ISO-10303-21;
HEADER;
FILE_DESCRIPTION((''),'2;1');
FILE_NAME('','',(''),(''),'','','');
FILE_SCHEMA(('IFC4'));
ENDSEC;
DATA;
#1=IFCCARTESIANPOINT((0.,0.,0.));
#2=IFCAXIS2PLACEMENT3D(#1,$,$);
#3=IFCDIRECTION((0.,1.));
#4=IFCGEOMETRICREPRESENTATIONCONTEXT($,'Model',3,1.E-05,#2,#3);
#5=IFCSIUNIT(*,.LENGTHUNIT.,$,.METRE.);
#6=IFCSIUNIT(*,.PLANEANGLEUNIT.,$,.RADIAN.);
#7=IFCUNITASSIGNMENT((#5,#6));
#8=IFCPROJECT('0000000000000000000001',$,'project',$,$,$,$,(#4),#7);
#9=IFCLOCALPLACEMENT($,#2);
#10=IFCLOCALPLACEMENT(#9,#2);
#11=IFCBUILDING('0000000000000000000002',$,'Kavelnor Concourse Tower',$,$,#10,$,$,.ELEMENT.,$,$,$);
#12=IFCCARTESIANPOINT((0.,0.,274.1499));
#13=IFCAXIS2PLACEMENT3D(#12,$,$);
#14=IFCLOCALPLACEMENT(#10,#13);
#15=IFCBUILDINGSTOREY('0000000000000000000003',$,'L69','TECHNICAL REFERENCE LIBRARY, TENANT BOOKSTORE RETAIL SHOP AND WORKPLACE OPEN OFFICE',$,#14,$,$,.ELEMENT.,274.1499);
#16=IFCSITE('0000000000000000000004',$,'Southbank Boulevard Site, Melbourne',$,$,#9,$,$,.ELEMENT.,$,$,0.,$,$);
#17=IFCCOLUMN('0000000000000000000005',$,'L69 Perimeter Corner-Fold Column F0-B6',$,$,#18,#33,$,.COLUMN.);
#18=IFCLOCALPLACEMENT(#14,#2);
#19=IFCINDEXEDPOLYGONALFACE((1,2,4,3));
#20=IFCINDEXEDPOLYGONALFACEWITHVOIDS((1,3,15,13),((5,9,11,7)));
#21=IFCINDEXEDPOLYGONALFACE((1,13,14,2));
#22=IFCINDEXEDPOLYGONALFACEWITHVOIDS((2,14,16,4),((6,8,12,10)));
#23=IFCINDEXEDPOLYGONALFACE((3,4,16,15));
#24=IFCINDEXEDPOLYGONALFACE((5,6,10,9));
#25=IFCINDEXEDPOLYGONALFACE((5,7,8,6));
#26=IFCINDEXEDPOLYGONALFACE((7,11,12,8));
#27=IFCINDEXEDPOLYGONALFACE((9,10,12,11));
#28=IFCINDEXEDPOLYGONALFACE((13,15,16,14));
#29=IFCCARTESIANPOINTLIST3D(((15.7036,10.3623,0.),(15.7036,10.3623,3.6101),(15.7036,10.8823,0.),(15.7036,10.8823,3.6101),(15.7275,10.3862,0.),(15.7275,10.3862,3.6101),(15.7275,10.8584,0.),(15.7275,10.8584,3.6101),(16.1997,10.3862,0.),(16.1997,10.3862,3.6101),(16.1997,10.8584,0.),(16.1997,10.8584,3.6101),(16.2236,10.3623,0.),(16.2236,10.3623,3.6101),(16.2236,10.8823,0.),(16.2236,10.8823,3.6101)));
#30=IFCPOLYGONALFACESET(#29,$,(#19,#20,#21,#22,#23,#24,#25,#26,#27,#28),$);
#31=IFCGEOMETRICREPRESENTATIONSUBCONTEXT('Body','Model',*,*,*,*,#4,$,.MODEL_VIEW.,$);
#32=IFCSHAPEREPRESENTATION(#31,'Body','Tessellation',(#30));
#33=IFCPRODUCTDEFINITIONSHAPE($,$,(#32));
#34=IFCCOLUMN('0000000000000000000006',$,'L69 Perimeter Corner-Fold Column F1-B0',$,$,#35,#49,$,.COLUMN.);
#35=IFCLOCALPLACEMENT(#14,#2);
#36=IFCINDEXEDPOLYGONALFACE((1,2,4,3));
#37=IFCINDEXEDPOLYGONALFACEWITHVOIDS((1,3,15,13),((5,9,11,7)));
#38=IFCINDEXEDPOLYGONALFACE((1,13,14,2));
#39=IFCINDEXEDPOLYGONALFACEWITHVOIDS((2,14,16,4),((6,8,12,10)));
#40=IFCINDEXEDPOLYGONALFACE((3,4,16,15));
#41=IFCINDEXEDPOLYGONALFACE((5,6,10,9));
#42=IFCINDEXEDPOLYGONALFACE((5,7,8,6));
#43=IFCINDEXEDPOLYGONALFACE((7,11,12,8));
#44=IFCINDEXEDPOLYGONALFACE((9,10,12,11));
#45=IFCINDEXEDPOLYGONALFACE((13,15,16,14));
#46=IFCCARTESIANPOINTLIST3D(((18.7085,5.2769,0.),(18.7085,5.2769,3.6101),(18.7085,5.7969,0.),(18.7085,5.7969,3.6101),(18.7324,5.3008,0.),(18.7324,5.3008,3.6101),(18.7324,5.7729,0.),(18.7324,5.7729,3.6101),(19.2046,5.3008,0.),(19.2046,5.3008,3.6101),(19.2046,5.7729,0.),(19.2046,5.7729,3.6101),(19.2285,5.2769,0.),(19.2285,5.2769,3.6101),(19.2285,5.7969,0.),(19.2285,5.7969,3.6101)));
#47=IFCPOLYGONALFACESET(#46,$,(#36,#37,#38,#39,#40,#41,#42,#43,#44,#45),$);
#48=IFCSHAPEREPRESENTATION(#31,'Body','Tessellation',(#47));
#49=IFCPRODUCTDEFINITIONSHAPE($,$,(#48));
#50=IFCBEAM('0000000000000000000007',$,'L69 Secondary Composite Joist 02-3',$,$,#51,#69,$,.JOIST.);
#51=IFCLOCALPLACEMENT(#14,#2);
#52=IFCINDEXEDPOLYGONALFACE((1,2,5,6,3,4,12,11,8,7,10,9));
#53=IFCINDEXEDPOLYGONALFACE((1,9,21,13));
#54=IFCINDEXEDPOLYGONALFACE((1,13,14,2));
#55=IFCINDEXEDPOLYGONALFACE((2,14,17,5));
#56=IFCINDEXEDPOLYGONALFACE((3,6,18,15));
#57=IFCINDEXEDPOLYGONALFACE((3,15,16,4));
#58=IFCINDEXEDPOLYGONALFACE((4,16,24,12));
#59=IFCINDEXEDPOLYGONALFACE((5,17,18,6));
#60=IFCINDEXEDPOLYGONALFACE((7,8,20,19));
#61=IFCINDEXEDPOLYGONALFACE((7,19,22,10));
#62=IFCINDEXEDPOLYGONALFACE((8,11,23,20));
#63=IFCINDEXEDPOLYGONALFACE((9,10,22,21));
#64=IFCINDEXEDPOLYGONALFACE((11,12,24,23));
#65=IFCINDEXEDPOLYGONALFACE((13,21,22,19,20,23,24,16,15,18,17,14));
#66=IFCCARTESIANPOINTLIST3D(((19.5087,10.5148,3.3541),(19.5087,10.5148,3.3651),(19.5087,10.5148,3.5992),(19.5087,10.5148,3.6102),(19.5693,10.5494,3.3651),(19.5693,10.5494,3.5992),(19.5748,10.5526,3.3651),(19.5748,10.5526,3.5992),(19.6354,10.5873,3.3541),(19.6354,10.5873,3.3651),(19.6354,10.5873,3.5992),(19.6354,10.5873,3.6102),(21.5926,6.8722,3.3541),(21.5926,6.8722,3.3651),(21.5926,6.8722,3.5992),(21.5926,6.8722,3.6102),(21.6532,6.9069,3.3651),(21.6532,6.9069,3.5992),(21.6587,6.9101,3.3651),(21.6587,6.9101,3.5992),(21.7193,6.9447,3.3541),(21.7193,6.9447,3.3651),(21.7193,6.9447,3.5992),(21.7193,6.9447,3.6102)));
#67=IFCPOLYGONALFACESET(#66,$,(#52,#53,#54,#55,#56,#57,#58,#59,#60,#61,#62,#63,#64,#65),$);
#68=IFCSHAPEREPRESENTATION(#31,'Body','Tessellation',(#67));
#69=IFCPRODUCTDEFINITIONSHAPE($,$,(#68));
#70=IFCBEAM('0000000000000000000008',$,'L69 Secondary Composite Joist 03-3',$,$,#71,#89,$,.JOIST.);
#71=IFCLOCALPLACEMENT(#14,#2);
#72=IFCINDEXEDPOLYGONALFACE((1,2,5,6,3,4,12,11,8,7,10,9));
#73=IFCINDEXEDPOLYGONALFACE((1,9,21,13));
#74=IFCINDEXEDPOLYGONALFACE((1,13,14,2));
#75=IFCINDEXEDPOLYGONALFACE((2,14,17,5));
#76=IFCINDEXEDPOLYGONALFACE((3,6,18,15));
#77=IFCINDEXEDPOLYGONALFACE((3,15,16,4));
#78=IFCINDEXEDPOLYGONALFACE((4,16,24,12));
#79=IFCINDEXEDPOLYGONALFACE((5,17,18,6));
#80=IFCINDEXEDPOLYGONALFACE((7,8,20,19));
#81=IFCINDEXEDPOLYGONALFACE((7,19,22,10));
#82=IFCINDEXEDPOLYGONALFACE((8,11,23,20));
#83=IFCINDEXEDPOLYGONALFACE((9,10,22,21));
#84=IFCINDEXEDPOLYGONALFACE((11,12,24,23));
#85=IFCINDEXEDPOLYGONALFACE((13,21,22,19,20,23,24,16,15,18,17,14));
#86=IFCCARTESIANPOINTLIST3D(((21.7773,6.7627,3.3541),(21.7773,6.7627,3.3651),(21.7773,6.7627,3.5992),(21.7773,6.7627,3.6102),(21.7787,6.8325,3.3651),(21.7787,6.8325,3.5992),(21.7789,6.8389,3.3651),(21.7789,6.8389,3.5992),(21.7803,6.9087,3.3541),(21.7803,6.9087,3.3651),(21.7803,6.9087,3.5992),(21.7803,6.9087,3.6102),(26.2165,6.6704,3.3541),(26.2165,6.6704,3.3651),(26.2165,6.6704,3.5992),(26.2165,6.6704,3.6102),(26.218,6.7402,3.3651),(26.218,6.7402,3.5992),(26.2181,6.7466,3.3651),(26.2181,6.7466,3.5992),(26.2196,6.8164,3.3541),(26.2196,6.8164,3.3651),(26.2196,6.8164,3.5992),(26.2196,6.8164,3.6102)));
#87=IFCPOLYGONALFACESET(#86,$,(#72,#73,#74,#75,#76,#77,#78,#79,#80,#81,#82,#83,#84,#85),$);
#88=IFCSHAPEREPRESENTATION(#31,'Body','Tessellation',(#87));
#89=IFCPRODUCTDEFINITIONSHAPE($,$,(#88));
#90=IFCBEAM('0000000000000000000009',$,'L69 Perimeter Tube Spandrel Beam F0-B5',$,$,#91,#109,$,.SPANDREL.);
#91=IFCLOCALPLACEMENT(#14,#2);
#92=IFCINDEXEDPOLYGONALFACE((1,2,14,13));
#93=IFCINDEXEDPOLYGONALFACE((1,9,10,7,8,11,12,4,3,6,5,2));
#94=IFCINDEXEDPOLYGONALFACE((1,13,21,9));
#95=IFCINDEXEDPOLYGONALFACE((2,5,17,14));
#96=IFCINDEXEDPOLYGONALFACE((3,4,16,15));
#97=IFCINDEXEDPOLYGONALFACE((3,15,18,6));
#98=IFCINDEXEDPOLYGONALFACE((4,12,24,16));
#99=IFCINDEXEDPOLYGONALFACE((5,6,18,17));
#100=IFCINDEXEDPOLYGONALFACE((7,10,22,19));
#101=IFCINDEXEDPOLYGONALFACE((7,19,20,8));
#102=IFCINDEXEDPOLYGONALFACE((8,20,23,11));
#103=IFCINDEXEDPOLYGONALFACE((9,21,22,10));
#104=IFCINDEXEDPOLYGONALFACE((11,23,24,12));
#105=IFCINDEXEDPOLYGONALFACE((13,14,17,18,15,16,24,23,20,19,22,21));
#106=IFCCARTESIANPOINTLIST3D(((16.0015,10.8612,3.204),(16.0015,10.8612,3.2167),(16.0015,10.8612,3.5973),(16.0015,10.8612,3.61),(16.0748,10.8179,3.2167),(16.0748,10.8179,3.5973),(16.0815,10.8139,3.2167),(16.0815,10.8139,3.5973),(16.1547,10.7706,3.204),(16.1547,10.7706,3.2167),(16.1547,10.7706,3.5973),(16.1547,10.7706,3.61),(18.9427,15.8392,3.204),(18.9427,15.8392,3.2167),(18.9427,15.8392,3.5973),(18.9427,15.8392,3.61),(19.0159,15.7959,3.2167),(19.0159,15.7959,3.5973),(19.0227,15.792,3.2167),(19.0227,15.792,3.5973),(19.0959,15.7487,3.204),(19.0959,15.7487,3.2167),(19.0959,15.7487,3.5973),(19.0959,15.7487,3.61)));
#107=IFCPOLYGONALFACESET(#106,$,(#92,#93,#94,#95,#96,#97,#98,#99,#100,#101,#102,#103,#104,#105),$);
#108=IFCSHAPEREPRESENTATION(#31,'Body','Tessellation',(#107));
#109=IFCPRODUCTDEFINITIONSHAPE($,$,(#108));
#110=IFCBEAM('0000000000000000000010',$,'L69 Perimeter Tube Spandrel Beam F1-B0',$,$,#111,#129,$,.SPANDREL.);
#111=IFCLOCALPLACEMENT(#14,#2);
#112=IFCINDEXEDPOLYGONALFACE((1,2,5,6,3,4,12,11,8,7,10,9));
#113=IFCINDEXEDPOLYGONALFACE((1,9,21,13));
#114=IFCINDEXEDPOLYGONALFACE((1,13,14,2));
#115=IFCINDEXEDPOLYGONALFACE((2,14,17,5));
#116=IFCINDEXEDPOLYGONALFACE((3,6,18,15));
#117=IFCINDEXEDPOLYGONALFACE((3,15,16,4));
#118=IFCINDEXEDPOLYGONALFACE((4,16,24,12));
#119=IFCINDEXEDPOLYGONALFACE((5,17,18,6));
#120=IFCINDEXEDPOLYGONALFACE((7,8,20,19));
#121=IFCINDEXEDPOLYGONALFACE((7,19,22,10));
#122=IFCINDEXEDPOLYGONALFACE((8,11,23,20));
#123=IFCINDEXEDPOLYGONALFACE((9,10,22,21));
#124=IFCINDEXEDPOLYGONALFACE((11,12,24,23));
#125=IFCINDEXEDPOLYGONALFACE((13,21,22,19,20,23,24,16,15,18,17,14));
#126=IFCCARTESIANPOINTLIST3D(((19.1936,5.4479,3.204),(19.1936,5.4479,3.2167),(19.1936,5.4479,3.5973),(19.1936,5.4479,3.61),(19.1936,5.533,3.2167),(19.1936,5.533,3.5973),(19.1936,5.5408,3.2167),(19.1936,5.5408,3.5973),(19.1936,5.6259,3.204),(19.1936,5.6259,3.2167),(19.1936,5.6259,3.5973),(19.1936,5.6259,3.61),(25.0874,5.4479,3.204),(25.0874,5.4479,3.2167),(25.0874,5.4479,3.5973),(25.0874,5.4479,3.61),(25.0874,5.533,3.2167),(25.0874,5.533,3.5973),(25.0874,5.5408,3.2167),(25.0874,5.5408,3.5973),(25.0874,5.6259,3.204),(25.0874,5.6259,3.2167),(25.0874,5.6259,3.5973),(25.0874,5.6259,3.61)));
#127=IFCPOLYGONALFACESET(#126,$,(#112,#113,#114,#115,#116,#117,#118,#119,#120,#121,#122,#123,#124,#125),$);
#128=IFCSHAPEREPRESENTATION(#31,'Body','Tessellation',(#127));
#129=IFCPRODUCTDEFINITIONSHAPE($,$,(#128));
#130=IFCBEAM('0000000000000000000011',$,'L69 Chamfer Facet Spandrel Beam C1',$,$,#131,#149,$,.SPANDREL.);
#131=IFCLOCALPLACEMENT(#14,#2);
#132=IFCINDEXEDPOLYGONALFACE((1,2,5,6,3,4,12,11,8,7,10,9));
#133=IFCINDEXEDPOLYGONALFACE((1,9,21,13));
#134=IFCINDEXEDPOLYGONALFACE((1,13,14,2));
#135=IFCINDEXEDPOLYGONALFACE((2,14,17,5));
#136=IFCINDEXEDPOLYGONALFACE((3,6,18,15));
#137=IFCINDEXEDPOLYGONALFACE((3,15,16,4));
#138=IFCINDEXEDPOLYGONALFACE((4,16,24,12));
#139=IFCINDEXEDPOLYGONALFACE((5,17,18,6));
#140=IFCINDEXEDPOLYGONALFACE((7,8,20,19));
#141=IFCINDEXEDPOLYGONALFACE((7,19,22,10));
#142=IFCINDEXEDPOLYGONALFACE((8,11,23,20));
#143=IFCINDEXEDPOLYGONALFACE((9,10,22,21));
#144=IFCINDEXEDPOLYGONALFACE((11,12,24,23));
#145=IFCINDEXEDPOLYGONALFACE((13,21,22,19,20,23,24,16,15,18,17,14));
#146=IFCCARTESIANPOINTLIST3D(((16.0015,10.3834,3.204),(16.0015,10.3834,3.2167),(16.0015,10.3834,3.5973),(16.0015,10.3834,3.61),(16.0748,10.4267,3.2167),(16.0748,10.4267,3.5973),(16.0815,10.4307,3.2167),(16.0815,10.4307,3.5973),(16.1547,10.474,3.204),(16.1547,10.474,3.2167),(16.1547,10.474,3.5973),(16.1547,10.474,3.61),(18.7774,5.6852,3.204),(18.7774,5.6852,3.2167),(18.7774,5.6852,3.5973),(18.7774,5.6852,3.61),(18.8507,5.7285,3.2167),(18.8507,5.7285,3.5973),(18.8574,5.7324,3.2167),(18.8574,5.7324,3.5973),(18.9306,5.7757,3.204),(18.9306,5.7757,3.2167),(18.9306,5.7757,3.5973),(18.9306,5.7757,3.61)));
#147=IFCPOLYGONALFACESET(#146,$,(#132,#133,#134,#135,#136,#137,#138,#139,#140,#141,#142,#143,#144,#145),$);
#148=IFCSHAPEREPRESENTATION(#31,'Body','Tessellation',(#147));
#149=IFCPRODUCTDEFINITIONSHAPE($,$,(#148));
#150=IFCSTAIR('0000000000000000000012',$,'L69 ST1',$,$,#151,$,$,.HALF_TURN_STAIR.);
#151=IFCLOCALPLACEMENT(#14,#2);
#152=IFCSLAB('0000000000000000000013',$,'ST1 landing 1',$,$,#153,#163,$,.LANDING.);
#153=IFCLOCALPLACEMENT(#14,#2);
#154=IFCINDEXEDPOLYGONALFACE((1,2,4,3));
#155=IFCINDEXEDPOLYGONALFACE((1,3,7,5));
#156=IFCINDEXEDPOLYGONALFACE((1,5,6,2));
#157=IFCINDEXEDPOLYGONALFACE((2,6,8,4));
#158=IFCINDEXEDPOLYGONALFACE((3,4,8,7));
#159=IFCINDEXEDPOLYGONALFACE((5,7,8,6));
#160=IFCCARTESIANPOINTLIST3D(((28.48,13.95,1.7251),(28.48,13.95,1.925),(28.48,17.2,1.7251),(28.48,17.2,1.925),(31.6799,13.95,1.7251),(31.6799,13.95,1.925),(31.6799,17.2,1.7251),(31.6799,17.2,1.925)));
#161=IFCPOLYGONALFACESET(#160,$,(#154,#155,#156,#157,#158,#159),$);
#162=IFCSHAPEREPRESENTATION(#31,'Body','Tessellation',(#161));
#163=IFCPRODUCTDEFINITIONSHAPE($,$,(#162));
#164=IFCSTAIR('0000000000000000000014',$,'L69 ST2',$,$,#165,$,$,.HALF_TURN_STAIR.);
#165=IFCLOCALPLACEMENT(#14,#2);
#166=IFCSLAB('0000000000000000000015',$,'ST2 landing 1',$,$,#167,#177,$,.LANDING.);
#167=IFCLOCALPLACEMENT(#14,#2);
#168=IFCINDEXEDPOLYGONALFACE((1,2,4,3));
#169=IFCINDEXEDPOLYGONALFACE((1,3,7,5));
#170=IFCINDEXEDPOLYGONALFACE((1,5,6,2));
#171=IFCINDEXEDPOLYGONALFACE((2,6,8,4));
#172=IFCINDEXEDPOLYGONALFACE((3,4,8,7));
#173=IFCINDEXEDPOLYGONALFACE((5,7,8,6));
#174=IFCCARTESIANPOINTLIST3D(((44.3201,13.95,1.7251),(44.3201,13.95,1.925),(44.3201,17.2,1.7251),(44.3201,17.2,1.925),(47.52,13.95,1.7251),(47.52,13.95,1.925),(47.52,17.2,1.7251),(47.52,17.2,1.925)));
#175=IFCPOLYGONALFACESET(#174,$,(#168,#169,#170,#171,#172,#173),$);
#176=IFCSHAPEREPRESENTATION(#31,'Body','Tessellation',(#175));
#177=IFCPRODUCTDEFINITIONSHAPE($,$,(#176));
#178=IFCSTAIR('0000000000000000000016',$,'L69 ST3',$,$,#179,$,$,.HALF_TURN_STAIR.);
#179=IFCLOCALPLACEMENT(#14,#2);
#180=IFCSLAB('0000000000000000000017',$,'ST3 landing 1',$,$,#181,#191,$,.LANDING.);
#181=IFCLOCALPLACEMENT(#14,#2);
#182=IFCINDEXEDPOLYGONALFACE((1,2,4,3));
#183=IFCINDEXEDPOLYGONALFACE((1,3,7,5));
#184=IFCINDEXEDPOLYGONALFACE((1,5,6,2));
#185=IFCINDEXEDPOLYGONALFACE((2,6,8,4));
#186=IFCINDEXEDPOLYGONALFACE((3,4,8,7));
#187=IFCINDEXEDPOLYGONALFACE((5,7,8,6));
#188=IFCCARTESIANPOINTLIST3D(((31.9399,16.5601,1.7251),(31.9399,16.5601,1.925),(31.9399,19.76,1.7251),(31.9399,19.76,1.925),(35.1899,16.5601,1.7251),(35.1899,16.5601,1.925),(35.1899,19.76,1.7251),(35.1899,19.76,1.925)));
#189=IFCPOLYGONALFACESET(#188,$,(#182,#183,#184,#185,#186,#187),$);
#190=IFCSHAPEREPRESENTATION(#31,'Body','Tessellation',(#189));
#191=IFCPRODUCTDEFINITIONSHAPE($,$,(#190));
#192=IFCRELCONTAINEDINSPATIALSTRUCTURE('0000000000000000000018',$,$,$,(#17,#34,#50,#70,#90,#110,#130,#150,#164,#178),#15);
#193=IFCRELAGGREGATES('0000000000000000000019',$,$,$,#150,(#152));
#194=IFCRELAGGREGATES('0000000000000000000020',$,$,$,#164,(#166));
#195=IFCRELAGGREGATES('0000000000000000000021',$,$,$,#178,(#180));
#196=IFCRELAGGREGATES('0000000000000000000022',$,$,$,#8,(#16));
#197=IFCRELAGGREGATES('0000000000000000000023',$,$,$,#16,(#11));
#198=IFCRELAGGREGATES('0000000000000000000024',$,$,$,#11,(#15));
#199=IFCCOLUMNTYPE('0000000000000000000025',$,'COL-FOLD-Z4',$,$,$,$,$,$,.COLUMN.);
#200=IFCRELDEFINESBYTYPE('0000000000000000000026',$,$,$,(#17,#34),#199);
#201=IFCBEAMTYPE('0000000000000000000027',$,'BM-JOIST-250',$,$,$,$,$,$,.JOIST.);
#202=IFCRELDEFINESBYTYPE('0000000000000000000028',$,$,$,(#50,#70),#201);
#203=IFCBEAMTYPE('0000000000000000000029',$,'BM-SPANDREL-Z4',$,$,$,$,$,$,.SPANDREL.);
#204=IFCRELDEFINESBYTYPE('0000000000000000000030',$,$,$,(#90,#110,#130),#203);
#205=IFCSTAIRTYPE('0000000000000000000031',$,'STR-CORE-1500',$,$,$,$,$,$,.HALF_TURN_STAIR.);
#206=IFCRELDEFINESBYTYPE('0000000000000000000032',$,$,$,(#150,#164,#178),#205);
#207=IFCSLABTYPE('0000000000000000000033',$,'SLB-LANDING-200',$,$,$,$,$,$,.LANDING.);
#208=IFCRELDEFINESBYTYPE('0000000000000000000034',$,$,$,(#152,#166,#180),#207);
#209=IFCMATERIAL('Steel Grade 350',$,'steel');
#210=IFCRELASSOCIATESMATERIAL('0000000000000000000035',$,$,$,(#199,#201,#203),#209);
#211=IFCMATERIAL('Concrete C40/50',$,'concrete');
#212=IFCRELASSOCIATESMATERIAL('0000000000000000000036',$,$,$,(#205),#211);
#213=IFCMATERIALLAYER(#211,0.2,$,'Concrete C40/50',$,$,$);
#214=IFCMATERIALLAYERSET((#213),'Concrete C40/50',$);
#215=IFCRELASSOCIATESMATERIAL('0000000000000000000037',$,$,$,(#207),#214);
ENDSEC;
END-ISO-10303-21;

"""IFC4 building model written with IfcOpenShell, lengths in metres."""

from ifc_helpers import new_model, si_unit, direction, frame, origin, origin_2d, place, context, subcontext, project, spatial, polyline, hollow_rectangle, i_section, outline, extrude, material, layer, layer_set, material_profile, profile_set, type_object, element, aggregate, save


model = new_model("IFC4")

# Units and contexts
model_context = context("Model", 3, precision=1e-05, world=origin(), true_north=direction((0.0, 1.0)))
body_context = subcontext(model_context, "Body", "Model", "MODEL_VIEW")
ifc_project = project(units=[si_unit("LENGTHUNIT", "METRE"), si_unit("PLANEANGLEUNIT", "RADIAN")], contexts=[model_context])

# Site, building, storey
site_placement = place(None, origin())
site = spatial("IfcSite", under=ifc_project, at=site_placement, Name="Southbank Boulevard Site, Melbourne", CompositionType="ELEMENT", RefElevation=0.0)
building_placement = place(site_placement, origin())
building = spatial("IfcBuilding", under=site, at=building_placement, Name="Kavelnor Concourse Tower", CompositionType="ELEMENT")
storey_placement = place(building_placement, frame((0.0, 0.0, 274.1499)))
storey = spatial("IfcBuildingStorey", under=building, at=storey_placement, Name="L69", Description="TECHNICAL REFERENCE LIBRARY, TENANT BOOKSTORE RETAIL SHOP AND WORKPLACE OPEN OFFICE", CompositionType="ELEMENT", Elevation=274.1499)

# Columns
ifc_material_1 = material(Name="Steel Grade 350", Category="steel")
ifc_material_profile_1 = material_profile(ifc_material_1, hollow_rectangle(XDim=0.52, YDim=0.52, WallThickness=0.0239, at=origin_2d()), Name="SHS 520x520x24")
ifc_profile_set_1 = profile_set([ifc_material_profile_1], Name="Steel Grade 350")
column_type = type_object("IfcColumnType", Name="COL-FOLD-Z4", PredefinedType="COLUMN", material=ifc_profile_set_1)
for number, where, z_axis, x_axis, name in (
    (1, (15.9636, 10.6223, 0.0), (0.0, 0.0, 1.0), (1.0, 0.0, 0.0), "L69 Perimeter Corner-Fold Column F0-B6"),
    (2, (18.9685, 5.5369, 0.0), (0.0, 0.0, 1.0), (1.0, 0.0, 0.0), "L69 Perimeter Corner-Fold Column F1-B0"),
):
    element("IfcColumn", number, at=place(storey_placement, frame(where, z_axis=z_axis, x_axis=x_axis)), inside=storey, type_object=column_type, Name=name, PredefinedType="COLUMN", context=body_context, shape_type="SweptSolid", body=[
        extrude(hollow_rectangle(XDim=0.52, YDim=0.52, WallThickness=0.0239, at=origin_2d()), origin(), (0.0, 0.0, 1.0), 3.6101),
    ])

# Beams
ifc_material_profile_2 = material_profile(ifc_material_1, i_section(OverallWidth=0.146, OverallDepth=0.2561, WebThickness=0.0063, FlangeThickness=0.011, at=origin_2d()), Name="250UB37")
ifc_profile_set_2 = profile_set([ifc_material_profile_2], Name="Steel Grade 350")
beam_type_1 = type_object("IfcBeamType", Name="BM-JOIST-250", PredefinedType="JOIST", material=ifc_profile_set_2)
beam_1_placement = place(storey_placement, frame((19.572, 10.551, 3.4822), z_axis=(0.49659, -0.867985, 0.0), x_axis=(0.867985, 0.49659, 0.0)))
element("IfcBeam", 3, at=beam_1_placement, inside=storey, type_object=beam_type_1, Name="L69 Secondary Composite Joist 02-3", PredefinedType="JOIST", context=body_context, shape_type="SweptSolid", body=[
    extrude(i_section(OverallWidth=0.146, OverallDepth=0.2561, WebThickness=0.0063, FlangeThickness=0.011, at=origin_2d()), origin(), (0.0, 0.0, 1.0), 4.1965),
])
beam_2_placement = place(storey_placement, frame((21.7788, 6.8357, 3.4822), z_axis=(0.999784, -0.020784, 0.0), x_axis=(0.020784, 0.999784, 0.0)))
element("IfcBeam", 4, at=beam_2_placement, inside=storey, type_object=beam_type_1, Name="L69 Secondary Composite Joist 03-3", PredefinedType="JOIST", context=body_context, shape_type="SweptSolid", body=[
    extrude(i_section(OverallWidth=0.146, OverallDepth=0.2561, WebThickness=0.0063, FlangeThickness=0.011, at=origin_2d()), origin(), (0.0, 0.0, 1.0), 4.4402),
])
ifc_material_profile_3 = material_profile(ifc_material_1, i_section(OverallWidth=0.178, OverallDepth=0.406, WebThickness=0.0078, FlangeThickness=0.0127, at=origin_2d()), Name="410UB59")
ifc_profile_set_3 = profile_set([ifc_material_profile_3], Name="Steel Grade 350")
beam_type_2 = type_object("IfcBeamType", Name="BM-SPANDREL-Z4", PredefinedType="SPANDREL", material=ifc_profile_set_3)
beam_3_placement = place(storey_placement, frame((19.0193, 15.7939, 3.407), z_axis=(-0.508678, -0.860957, 0.0), x_axis=(0.860957, -0.508678, 0.0)))
element("IfcBeam", 5, at=beam_3_placement, inside=storey, type_object=beam_type_2, Name="L69 Perimeter Tube Spandrel Beam F0-B5", PredefinedType="SPANDREL", context=body_context, shape_type="SweptSolid", body=[
    extrude(i_section(OverallWidth=0.178, OverallDepth=0.406, WebThickness=0.0078, FlangeThickness=0.0127, at=origin_2d()), origin(), (0.0, 0.0, 1.0), 5.782),
])
beam_4_placement = place(storey_placement, frame((19.1936, 5.5369, 3.407), z_axis=(1.0, 0.0, 0.0), x_axis=(0.0, 1.0, 0.0)))
element("IfcBeam", 6, at=beam_4_placement, inside=storey, type_object=beam_type_2, Name="L69 Perimeter Tube Spandrel Beam F1-B0", PredefinedType="SPANDREL", context=body_context, shape_type="SweptSolid", body=[
    extrude(i_section(OverallWidth=0.178, OverallDepth=0.406, WebThickness=0.0078, FlangeThickness=0.0127, at=origin_2d()), origin(), (0.0, 0.0, 1.0), 5.8938),
])
beam_5_placement = place(storey_placement, frame((16.0781, 10.4287, 3.407), z_axis=(0.508681, -0.860955, 0.0), x_axis=(0.860955, 0.508681, 0.0)))
element("IfcBeam", 7, at=beam_5_placement, inside=storey, type_object=beam_type_2, Name="L69 Chamfer Facet Spandrel Beam C1", PredefinedType="SPANDREL", context=body_context, shape_type="SweptSolid", body=[
    extrude(i_section(OverallWidth=0.178, OverallDepth=0.406, WebThickness=0.0078, FlangeThickness=0.0127, at=origin_2d()), origin(), (0.0, 0.0, 1.0), 5.457),
])

# Stairs, slabs
ifc_material_2 = material(Name="Concrete C40/50", Category="concrete")
stair_type = type_object("IfcStairType", Name="STR-CORE-1500", PredefinedType="HALF_TURN_STAIR", material=ifc_material_2)
stair_1_placement = place(storey_placement, origin())
stair_1 = element("IfcStair", 8, at=stair_1_placement, inside=storey, type_object=stair_type, Name="L69 ST1", PredefinedType="HALF_TURN_STAIR")
ifc_layer_1 = layer(ifc_material_2, 0.2, Name="Concrete C40/50")
ifc_layer_set_1 = layer_set([ifc_layer_1], Name="Concrete C40/50")
slab_type_1 = type_object("IfcSlabType", Name="SLB-LANDING-200", PredefinedType="LANDING", material=ifc_layer_set_1)
slab_1_placement = place(storey_placement, frame((0.0, 0.0, 1.7251)))
slab_1 = element("IfcSlab", 9, at=slab_1_placement, type_object=slab_type_1, Name="ST1 landing 1", PredefinedType="LANDING", context=body_context, shape_type="SweptSolid", body=[
    extrude(outline(polyline([(31.6799, 13.95), (31.6799, 17.2), (28.48, 17.2), (28.48, 13.95), (31.6799, 13.95)])), origin(), (0.0, 0.0, 1.0), 0.2),
])
aggregate(stair_1, [slab_1])
stair_2_placement = place(storey_placement, origin())
stair_2 = element("IfcStair", 10, at=stair_2_placement, inside=storey, type_object=stair_type, Name="L69 ST2", PredefinedType="HALF_TURN_STAIR")
slab_2_placement = place(storey_placement, frame((0.0, 0.0, 1.7251)))
slab_2 = element("IfcSlab", 11, at=slab_2_placement, type_object=slab_type_1, Name="ST2 landing 1", PredefinedType="LANDING", context=body_context, shape_type="SweptSolid", body=[
    extrude(outline(polyline([(47.52, 13.95), (47.52, 17.2), (44.3201, 17.2), (44.3201, 13.95), (47.52, 13.95)])), origin(), (0.0, 0.0, 1.0), 0.2),
])
aggregate(stair_2, [slab_2])
stair_3_placement = place(storey_placement, origin())
stair_3 = element("IfcStair", 12, at=stair_3_placement, inside=storey, type_object=stair_type, Name="L69 ST3", PredefinedType="HALF_TURN_STAIR")
slab_3_placement = place(storey_placement, frame((0.0, 0.0, 1.7251)))
slab_3 = element("IfcSlab", 13, at=slab_3_placement, type_object=slab_type_1, Name="ST3 landing 1", PredefinedType="LANDING", context=body_context, shape_type="SweptSolid", body=[
    extrude(outline(polyline([(35.1899, 19.76), (31.9399, 19.76), (31.9399, 16.5601), (35.1899, 16.5601), (35.1899, 19.76)])), origin(), (0.0, 0.0, 1.0), 0.2),
])
aggregate(stair_3, [slab_3])

save(model, "model.ifc")
